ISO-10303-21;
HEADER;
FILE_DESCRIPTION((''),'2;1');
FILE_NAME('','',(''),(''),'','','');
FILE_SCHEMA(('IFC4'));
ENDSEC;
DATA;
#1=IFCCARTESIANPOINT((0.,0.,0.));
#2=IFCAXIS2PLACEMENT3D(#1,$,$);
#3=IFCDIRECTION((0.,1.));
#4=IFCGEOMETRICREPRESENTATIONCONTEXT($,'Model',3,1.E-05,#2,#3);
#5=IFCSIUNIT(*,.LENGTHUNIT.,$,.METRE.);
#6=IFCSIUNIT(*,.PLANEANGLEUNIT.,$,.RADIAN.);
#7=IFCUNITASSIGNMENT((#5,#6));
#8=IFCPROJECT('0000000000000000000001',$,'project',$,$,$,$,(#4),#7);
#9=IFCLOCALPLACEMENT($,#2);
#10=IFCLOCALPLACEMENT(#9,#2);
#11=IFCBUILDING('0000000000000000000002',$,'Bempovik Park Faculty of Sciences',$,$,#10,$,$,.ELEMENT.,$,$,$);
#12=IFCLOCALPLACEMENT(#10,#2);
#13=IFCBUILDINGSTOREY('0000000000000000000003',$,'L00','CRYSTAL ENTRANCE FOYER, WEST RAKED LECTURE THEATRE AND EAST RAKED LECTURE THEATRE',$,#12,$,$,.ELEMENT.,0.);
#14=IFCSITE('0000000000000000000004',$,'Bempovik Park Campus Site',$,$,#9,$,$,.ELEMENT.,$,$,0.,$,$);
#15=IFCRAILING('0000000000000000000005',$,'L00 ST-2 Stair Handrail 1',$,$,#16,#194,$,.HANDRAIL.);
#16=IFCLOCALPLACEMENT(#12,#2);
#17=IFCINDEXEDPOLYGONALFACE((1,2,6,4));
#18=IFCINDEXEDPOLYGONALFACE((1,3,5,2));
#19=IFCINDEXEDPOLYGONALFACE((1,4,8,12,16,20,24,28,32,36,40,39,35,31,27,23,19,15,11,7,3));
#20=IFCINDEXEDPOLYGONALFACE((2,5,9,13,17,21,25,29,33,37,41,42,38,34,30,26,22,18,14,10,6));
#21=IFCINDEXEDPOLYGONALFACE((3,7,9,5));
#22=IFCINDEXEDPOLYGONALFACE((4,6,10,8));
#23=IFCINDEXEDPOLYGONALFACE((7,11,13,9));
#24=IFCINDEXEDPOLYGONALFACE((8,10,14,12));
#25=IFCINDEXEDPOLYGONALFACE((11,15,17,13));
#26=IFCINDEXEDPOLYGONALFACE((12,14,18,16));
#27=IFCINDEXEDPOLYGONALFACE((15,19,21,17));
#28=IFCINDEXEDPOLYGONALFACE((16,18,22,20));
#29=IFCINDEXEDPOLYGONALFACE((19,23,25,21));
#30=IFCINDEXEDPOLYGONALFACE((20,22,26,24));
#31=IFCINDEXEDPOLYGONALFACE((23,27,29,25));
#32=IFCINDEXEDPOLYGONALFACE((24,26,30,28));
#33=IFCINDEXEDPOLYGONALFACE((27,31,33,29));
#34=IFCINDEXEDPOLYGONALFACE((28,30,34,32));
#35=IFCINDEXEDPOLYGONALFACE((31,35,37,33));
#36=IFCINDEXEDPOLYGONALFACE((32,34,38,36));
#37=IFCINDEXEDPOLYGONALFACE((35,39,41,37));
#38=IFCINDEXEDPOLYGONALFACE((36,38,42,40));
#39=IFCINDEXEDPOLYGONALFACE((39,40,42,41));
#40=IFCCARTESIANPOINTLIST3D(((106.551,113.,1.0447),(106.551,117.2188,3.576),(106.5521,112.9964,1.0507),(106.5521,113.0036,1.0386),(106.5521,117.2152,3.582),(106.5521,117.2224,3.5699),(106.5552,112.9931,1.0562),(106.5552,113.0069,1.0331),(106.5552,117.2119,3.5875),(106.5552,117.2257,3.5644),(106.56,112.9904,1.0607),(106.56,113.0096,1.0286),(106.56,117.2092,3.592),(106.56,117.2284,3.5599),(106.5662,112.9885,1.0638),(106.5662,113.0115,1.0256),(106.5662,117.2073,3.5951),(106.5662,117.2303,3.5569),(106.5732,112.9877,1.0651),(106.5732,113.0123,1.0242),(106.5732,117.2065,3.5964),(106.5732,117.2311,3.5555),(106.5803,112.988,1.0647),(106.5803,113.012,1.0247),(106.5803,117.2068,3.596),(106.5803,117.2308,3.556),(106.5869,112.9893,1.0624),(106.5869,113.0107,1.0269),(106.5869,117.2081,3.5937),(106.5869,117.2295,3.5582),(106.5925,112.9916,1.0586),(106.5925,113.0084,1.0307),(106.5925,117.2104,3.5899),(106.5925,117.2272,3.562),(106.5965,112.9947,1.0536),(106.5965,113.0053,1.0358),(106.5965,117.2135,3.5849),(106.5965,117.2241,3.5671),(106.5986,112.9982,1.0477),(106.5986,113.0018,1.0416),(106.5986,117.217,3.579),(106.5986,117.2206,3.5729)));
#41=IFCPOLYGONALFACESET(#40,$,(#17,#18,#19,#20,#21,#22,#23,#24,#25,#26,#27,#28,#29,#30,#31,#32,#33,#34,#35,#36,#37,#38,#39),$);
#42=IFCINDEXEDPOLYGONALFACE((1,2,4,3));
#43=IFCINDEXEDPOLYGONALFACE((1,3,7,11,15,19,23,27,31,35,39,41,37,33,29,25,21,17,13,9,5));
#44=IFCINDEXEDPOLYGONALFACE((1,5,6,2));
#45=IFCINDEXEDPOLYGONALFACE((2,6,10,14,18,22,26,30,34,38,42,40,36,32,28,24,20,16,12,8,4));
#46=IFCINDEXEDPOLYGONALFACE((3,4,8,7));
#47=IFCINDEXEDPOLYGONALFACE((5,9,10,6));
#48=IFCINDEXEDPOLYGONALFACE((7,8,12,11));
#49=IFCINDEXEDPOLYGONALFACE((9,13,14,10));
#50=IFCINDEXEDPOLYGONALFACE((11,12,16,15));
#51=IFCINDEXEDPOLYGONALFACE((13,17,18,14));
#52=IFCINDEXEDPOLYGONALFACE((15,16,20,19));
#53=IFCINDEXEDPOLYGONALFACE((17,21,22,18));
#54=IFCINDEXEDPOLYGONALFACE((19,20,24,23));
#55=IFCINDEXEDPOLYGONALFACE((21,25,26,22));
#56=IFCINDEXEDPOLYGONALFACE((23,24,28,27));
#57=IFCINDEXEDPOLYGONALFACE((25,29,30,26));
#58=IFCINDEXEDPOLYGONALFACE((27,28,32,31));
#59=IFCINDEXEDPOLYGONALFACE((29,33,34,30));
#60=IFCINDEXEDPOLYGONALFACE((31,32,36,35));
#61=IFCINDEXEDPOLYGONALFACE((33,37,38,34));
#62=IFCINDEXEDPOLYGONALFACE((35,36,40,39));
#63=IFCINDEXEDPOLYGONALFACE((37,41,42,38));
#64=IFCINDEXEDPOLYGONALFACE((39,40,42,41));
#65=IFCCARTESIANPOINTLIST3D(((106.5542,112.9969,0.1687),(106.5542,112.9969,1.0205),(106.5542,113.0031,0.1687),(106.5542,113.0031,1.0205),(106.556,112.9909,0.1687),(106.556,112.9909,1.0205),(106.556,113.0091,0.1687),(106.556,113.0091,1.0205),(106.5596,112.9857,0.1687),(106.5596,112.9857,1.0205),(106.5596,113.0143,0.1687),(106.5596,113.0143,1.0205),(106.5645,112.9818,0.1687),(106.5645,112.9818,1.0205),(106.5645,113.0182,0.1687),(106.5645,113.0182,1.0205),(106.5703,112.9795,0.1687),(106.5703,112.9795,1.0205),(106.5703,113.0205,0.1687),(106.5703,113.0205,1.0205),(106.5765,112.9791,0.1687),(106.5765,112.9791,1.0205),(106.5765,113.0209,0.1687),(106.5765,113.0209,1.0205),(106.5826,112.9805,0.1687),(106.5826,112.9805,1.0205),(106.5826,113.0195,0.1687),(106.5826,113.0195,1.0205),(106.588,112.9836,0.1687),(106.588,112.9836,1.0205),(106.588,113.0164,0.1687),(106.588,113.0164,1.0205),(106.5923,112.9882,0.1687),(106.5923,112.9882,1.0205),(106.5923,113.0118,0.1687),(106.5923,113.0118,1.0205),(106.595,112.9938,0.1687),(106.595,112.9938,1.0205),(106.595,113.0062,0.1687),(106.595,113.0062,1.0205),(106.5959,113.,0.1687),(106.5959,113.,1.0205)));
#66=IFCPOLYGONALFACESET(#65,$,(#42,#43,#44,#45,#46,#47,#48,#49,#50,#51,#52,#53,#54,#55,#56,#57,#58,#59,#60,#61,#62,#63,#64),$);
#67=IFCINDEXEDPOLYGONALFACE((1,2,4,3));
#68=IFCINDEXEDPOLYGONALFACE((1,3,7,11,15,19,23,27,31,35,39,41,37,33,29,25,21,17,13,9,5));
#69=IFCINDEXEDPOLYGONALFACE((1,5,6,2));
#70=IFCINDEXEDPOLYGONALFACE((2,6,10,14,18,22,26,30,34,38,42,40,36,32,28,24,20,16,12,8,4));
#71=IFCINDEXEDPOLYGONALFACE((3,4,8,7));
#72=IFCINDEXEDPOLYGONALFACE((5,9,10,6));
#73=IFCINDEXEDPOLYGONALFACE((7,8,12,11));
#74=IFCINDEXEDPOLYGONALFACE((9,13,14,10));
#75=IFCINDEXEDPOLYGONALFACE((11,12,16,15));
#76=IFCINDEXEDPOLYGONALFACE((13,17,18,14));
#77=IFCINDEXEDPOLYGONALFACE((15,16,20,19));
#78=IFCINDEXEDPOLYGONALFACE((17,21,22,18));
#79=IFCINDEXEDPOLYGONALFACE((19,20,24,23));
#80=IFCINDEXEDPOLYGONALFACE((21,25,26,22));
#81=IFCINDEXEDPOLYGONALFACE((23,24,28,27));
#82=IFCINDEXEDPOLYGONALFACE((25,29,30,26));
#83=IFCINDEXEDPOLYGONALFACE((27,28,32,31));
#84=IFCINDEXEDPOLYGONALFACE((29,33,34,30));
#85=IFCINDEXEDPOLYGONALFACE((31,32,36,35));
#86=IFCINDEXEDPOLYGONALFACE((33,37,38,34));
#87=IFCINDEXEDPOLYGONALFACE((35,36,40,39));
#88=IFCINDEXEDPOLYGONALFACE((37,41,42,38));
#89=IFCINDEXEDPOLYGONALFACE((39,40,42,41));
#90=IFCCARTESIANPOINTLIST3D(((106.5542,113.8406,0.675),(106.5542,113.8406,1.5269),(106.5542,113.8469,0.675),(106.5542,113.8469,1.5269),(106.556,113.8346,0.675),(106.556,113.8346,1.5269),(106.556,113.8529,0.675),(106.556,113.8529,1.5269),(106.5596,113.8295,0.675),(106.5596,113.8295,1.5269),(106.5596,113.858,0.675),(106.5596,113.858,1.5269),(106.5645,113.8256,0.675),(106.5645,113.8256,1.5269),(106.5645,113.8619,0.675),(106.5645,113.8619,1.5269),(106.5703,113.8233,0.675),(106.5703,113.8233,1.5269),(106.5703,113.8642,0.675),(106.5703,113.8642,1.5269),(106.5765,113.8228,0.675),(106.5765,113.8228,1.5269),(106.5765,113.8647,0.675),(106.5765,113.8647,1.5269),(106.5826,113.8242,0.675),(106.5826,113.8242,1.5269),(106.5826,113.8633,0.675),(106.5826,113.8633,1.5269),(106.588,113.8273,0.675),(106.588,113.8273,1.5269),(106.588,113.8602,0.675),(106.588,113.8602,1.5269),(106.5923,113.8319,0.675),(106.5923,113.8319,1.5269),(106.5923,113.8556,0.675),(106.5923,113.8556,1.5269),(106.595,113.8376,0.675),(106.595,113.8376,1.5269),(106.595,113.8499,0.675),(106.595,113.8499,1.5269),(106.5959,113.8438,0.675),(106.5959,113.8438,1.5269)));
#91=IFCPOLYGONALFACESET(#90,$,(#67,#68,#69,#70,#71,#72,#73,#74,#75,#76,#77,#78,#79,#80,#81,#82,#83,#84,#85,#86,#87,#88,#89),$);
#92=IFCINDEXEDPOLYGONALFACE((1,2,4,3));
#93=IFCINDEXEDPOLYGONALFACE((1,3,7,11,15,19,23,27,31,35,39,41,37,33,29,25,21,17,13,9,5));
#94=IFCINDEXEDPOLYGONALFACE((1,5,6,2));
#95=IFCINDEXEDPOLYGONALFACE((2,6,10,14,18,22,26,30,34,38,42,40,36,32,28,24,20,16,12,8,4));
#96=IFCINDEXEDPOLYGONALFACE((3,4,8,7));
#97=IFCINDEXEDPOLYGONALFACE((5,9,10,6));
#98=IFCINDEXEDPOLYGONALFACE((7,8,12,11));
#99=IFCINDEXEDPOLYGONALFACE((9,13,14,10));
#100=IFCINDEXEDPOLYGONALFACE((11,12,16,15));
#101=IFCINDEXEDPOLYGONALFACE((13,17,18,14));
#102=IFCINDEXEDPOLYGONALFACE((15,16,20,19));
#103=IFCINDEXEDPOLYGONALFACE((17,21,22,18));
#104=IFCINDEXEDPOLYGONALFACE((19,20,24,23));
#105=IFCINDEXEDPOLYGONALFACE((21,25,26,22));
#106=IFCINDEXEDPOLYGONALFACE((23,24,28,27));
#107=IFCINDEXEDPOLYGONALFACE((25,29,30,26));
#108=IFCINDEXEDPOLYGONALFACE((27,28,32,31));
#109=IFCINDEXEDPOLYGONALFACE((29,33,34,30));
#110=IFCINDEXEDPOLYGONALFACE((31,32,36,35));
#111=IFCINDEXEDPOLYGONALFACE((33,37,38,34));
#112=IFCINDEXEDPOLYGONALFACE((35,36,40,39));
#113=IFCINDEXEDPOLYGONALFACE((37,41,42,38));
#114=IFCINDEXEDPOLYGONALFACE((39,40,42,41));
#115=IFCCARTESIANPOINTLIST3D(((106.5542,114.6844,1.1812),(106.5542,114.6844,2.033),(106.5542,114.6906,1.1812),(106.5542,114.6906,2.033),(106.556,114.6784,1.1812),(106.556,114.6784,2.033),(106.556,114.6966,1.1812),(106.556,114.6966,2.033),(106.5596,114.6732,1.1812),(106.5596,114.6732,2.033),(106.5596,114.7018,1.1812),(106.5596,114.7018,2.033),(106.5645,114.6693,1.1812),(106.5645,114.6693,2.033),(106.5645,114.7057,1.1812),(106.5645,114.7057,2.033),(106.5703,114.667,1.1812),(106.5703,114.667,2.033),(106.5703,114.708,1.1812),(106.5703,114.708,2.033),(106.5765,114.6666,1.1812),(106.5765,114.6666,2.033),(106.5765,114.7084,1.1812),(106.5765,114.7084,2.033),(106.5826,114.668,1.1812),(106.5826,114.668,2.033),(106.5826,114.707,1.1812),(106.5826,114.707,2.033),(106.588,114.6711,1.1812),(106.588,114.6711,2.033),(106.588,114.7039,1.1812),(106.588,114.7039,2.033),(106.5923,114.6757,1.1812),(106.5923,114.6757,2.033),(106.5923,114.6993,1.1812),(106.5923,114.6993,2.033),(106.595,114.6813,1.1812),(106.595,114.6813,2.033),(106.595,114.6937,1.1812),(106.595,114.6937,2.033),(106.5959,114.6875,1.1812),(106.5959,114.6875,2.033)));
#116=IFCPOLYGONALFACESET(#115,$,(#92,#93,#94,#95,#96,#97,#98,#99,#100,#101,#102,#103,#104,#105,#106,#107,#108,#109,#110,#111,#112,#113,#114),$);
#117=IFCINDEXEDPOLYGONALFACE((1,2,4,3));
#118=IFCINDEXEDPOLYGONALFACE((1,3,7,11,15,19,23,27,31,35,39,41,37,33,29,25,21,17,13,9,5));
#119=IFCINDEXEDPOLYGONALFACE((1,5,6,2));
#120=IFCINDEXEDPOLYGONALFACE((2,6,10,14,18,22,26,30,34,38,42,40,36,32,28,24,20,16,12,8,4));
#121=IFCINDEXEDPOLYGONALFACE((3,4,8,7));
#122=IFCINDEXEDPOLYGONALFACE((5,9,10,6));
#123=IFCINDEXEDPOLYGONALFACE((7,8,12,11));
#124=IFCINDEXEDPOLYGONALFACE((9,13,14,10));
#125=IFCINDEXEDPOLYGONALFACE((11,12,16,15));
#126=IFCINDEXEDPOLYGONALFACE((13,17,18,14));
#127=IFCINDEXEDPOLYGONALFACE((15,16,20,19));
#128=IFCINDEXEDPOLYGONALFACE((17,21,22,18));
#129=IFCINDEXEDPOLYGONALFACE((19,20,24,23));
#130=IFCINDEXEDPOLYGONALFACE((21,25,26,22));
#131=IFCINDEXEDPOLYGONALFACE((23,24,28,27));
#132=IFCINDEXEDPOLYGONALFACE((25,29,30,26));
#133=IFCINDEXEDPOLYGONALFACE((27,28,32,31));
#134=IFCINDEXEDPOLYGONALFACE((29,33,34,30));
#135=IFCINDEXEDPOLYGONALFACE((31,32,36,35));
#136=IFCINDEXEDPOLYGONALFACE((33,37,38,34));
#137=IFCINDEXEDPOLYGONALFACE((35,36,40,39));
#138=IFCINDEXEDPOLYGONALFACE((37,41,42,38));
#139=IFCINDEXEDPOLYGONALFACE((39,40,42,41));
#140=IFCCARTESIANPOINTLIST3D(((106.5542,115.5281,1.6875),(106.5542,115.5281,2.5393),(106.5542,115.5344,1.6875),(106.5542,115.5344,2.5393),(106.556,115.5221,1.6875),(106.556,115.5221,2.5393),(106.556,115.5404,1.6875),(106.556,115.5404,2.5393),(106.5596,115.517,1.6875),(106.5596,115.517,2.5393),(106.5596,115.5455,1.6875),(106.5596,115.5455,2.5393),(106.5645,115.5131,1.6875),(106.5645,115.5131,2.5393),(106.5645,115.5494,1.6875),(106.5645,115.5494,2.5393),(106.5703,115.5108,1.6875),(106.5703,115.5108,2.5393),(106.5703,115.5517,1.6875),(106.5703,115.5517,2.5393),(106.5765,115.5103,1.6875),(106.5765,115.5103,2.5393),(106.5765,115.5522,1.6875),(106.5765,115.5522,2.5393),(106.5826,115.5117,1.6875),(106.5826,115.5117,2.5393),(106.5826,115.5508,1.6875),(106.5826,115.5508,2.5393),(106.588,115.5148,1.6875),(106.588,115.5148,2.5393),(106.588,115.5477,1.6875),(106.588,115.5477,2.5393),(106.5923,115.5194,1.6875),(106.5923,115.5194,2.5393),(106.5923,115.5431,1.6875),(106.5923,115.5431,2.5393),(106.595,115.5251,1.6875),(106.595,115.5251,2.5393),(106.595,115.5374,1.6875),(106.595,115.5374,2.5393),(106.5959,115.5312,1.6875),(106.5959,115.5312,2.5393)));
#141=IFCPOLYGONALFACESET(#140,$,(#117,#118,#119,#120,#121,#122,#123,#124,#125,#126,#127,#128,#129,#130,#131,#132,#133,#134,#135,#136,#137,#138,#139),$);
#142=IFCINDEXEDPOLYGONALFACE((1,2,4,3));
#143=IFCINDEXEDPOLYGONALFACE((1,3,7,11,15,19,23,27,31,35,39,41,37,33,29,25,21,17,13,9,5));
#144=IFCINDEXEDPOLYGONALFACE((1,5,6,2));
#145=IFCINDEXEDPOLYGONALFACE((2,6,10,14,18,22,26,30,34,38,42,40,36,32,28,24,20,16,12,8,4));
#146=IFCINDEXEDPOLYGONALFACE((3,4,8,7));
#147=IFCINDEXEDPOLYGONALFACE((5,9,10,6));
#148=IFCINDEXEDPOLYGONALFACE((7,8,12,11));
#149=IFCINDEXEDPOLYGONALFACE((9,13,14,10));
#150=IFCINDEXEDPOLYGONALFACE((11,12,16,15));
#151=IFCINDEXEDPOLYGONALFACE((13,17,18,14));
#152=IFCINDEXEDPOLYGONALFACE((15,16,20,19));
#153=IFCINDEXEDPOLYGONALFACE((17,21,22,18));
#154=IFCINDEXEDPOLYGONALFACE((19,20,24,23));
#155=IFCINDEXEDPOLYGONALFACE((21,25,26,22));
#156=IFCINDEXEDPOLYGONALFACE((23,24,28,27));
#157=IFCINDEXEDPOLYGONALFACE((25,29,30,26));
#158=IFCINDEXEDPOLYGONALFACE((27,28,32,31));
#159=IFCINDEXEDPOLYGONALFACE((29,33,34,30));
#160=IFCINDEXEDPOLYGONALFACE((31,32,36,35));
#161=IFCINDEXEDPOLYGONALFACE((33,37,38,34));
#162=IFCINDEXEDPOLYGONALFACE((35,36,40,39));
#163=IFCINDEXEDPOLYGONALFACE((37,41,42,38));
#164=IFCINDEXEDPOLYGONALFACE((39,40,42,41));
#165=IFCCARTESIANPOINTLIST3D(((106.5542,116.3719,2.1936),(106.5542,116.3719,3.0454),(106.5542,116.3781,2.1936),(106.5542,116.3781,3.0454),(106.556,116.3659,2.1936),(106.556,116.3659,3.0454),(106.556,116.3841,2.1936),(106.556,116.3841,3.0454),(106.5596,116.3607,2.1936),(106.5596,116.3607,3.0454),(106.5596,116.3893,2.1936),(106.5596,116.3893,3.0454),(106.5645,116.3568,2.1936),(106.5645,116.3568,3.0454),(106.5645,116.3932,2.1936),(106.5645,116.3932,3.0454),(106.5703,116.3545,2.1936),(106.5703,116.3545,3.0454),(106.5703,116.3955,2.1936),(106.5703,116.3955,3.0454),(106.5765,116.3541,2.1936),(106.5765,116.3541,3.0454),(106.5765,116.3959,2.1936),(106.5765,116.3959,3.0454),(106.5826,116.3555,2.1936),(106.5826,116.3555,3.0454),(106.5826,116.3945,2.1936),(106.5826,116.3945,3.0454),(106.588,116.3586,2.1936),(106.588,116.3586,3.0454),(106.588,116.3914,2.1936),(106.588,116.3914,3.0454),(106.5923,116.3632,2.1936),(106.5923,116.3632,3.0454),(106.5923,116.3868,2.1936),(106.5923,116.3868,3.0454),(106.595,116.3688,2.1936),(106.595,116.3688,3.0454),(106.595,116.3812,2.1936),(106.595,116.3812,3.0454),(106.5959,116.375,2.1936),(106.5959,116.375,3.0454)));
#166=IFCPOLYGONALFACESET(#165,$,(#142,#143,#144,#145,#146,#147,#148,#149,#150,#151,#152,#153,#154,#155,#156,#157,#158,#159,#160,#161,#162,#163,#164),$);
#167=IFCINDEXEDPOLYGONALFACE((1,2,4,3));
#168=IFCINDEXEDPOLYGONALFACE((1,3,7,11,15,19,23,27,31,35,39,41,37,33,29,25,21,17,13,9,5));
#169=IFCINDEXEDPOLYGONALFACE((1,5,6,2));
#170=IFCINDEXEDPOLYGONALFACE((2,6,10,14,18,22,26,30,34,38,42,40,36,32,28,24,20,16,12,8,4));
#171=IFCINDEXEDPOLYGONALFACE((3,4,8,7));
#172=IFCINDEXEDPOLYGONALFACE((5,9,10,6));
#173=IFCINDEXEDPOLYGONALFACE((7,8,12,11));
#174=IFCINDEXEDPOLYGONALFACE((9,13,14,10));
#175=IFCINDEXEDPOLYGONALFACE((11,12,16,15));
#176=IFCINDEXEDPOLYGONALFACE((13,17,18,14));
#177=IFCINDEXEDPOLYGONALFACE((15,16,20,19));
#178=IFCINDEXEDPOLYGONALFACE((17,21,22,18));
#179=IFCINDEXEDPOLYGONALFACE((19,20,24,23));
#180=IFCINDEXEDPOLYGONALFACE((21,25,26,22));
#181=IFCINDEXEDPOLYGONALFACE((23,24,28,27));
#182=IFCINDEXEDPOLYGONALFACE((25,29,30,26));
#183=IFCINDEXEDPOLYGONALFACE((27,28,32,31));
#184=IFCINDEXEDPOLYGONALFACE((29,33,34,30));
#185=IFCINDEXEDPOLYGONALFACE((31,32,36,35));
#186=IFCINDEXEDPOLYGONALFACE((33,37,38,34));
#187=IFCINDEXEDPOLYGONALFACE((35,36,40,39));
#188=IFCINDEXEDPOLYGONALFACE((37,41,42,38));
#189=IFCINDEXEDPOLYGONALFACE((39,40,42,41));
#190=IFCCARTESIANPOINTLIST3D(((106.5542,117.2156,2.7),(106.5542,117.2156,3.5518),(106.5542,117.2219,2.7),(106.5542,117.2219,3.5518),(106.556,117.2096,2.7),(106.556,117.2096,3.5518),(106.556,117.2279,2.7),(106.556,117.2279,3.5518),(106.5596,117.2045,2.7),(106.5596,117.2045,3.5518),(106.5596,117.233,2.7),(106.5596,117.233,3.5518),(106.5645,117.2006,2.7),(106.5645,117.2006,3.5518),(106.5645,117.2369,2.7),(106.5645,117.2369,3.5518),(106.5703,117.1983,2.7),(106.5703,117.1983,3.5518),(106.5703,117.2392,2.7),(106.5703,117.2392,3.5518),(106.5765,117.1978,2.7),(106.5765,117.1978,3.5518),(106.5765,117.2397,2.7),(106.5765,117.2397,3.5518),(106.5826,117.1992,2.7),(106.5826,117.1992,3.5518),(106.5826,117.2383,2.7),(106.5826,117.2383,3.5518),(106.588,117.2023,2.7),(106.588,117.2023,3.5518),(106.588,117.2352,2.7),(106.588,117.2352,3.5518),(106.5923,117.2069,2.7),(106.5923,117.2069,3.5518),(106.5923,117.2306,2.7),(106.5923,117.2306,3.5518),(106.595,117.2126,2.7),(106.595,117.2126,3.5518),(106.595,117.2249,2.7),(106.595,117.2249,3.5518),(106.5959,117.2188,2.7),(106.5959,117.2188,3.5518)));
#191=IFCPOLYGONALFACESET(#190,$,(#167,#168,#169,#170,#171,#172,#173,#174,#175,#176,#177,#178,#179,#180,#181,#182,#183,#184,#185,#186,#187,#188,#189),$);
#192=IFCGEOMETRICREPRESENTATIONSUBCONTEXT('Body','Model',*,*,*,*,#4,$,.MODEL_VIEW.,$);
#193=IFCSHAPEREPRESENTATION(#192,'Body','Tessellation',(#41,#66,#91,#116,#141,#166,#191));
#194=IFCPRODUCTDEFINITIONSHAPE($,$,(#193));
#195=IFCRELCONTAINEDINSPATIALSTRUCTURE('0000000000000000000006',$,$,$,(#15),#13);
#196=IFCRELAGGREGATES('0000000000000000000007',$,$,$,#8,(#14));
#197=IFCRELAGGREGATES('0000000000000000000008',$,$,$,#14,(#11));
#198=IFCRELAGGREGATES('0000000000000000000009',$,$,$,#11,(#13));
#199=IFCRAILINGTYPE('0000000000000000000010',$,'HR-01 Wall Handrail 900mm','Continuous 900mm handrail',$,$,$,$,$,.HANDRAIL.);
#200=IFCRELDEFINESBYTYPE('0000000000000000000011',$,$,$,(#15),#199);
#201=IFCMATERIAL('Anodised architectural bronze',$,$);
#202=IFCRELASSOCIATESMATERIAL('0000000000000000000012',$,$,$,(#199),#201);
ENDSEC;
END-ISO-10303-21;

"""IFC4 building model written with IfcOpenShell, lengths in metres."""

from ifc_helpers import new_model, si_unit, direction, frame, origin, origin_2d, place, context, subcontext, project, spatial, circle, extrude, material, type_object, element, save


model = new_model("IFC4")

# Units and contexts
model_context = context("Model", 3, precision=1e-05, world=origin(), true_north=direction((0.0, 1.0)))
body_context = subcontext(model_context, "Body", "Model", "MODEL_VIEW")
ifc_project = project(units=[si_unit("LENGTHUNIT", "METRE"), si_unit("PLANEANGLEUNIT", "RADIAN")], contexts=[model_context])

# Site, building, storey
site_placement = place(None, origin())
site = spatial("IfcSite", under=ifc_project, at=site_placement, Name="Bempovik Park Campus Site", CompositionType="ELEMENT", RefElevation=0.0)
building_placement = place(site_placement, origin())
building = spatial("IfcBuilding", under=site, at=building_placement, Name="Bempovik Park Faculty of Sciences", CompositionType="ELEMENT")
storey_placement = place(building_placement, origin())
storey = spatial("IfcBuildingStorey", under=building, at=storey_placement, Name="L00", Description="CRYSTAL ENTRANCE FOYER, WEST RAKED LECTURE THEATRE AND EAST RAKED LECTURE THEATRE", CompositionType="ELEMENT", Elevation=0.0)

# Railing
ifc_material_1 = material(Name="Anodised architectural bronze")
railing_type_1 = type_object("IfcRailingType", Name="HR-01 Wall Handrail 900mm", Description="Continuous 900mm handrail", PredefinedType="HANDRAIL", material=ifc_material_1)
railing_1_placement = place(storey_placement, frame((106.575, 113.0, 0.1687)))
element("IfcRailing", 1, at=railing_1_placement, inside=storey, type_object=railing_type_1, Name="L00 ST-2 Stair Handrail 1", PredefinedType="HANDRAIL", context=body_context, shape_type="SweptSolid", body=[
    extrude(circle(Radius=0.0239, at=origin_2d()), frame((0.0, 0.0, 0.876), z_axis=(0.0, 0.857493, 0.514496), x_axis=(-1.0, 0.0, 0.0)), (0.0, 0.0, 1.0), 4.9199),
    extrude(circle(Radius=0.021, at=origin_2d()), origin(), (0.0, 0.0, 1.0), 0.8518),
    extrude(circle(Radius=0.021, at=origin_2d()), frame((0.0, 0.8438, 0.5063)), (0.0, 0.0, 1.0), 0.8518),
    extrude(circle(Radius=0.021, at=origin_2d()), frame((0.0, 1.6875, 1.0125)), (0.0, 0.0, 1.0), 0.8518),
    extrude(circle(Radius=0.021, at=origin_2d()), frame((0.0, 2.5312, 1.5188)), (0.0, 0.0, 1.0), 0.8518),
    extrude(circle(Radius=0.021, at=origin_2d()), frame((0.0, 3.375, 2.0249)), (0.0, 0.0, 1.0), 0.8518),
    extrude(circle(Radius=0.021, at=origin_2d()), frame((0.0, 4.2188, 2.5312)), (0.0, 0.0, 1.0), 0.8518),
])

save(model, "model.ifc")
